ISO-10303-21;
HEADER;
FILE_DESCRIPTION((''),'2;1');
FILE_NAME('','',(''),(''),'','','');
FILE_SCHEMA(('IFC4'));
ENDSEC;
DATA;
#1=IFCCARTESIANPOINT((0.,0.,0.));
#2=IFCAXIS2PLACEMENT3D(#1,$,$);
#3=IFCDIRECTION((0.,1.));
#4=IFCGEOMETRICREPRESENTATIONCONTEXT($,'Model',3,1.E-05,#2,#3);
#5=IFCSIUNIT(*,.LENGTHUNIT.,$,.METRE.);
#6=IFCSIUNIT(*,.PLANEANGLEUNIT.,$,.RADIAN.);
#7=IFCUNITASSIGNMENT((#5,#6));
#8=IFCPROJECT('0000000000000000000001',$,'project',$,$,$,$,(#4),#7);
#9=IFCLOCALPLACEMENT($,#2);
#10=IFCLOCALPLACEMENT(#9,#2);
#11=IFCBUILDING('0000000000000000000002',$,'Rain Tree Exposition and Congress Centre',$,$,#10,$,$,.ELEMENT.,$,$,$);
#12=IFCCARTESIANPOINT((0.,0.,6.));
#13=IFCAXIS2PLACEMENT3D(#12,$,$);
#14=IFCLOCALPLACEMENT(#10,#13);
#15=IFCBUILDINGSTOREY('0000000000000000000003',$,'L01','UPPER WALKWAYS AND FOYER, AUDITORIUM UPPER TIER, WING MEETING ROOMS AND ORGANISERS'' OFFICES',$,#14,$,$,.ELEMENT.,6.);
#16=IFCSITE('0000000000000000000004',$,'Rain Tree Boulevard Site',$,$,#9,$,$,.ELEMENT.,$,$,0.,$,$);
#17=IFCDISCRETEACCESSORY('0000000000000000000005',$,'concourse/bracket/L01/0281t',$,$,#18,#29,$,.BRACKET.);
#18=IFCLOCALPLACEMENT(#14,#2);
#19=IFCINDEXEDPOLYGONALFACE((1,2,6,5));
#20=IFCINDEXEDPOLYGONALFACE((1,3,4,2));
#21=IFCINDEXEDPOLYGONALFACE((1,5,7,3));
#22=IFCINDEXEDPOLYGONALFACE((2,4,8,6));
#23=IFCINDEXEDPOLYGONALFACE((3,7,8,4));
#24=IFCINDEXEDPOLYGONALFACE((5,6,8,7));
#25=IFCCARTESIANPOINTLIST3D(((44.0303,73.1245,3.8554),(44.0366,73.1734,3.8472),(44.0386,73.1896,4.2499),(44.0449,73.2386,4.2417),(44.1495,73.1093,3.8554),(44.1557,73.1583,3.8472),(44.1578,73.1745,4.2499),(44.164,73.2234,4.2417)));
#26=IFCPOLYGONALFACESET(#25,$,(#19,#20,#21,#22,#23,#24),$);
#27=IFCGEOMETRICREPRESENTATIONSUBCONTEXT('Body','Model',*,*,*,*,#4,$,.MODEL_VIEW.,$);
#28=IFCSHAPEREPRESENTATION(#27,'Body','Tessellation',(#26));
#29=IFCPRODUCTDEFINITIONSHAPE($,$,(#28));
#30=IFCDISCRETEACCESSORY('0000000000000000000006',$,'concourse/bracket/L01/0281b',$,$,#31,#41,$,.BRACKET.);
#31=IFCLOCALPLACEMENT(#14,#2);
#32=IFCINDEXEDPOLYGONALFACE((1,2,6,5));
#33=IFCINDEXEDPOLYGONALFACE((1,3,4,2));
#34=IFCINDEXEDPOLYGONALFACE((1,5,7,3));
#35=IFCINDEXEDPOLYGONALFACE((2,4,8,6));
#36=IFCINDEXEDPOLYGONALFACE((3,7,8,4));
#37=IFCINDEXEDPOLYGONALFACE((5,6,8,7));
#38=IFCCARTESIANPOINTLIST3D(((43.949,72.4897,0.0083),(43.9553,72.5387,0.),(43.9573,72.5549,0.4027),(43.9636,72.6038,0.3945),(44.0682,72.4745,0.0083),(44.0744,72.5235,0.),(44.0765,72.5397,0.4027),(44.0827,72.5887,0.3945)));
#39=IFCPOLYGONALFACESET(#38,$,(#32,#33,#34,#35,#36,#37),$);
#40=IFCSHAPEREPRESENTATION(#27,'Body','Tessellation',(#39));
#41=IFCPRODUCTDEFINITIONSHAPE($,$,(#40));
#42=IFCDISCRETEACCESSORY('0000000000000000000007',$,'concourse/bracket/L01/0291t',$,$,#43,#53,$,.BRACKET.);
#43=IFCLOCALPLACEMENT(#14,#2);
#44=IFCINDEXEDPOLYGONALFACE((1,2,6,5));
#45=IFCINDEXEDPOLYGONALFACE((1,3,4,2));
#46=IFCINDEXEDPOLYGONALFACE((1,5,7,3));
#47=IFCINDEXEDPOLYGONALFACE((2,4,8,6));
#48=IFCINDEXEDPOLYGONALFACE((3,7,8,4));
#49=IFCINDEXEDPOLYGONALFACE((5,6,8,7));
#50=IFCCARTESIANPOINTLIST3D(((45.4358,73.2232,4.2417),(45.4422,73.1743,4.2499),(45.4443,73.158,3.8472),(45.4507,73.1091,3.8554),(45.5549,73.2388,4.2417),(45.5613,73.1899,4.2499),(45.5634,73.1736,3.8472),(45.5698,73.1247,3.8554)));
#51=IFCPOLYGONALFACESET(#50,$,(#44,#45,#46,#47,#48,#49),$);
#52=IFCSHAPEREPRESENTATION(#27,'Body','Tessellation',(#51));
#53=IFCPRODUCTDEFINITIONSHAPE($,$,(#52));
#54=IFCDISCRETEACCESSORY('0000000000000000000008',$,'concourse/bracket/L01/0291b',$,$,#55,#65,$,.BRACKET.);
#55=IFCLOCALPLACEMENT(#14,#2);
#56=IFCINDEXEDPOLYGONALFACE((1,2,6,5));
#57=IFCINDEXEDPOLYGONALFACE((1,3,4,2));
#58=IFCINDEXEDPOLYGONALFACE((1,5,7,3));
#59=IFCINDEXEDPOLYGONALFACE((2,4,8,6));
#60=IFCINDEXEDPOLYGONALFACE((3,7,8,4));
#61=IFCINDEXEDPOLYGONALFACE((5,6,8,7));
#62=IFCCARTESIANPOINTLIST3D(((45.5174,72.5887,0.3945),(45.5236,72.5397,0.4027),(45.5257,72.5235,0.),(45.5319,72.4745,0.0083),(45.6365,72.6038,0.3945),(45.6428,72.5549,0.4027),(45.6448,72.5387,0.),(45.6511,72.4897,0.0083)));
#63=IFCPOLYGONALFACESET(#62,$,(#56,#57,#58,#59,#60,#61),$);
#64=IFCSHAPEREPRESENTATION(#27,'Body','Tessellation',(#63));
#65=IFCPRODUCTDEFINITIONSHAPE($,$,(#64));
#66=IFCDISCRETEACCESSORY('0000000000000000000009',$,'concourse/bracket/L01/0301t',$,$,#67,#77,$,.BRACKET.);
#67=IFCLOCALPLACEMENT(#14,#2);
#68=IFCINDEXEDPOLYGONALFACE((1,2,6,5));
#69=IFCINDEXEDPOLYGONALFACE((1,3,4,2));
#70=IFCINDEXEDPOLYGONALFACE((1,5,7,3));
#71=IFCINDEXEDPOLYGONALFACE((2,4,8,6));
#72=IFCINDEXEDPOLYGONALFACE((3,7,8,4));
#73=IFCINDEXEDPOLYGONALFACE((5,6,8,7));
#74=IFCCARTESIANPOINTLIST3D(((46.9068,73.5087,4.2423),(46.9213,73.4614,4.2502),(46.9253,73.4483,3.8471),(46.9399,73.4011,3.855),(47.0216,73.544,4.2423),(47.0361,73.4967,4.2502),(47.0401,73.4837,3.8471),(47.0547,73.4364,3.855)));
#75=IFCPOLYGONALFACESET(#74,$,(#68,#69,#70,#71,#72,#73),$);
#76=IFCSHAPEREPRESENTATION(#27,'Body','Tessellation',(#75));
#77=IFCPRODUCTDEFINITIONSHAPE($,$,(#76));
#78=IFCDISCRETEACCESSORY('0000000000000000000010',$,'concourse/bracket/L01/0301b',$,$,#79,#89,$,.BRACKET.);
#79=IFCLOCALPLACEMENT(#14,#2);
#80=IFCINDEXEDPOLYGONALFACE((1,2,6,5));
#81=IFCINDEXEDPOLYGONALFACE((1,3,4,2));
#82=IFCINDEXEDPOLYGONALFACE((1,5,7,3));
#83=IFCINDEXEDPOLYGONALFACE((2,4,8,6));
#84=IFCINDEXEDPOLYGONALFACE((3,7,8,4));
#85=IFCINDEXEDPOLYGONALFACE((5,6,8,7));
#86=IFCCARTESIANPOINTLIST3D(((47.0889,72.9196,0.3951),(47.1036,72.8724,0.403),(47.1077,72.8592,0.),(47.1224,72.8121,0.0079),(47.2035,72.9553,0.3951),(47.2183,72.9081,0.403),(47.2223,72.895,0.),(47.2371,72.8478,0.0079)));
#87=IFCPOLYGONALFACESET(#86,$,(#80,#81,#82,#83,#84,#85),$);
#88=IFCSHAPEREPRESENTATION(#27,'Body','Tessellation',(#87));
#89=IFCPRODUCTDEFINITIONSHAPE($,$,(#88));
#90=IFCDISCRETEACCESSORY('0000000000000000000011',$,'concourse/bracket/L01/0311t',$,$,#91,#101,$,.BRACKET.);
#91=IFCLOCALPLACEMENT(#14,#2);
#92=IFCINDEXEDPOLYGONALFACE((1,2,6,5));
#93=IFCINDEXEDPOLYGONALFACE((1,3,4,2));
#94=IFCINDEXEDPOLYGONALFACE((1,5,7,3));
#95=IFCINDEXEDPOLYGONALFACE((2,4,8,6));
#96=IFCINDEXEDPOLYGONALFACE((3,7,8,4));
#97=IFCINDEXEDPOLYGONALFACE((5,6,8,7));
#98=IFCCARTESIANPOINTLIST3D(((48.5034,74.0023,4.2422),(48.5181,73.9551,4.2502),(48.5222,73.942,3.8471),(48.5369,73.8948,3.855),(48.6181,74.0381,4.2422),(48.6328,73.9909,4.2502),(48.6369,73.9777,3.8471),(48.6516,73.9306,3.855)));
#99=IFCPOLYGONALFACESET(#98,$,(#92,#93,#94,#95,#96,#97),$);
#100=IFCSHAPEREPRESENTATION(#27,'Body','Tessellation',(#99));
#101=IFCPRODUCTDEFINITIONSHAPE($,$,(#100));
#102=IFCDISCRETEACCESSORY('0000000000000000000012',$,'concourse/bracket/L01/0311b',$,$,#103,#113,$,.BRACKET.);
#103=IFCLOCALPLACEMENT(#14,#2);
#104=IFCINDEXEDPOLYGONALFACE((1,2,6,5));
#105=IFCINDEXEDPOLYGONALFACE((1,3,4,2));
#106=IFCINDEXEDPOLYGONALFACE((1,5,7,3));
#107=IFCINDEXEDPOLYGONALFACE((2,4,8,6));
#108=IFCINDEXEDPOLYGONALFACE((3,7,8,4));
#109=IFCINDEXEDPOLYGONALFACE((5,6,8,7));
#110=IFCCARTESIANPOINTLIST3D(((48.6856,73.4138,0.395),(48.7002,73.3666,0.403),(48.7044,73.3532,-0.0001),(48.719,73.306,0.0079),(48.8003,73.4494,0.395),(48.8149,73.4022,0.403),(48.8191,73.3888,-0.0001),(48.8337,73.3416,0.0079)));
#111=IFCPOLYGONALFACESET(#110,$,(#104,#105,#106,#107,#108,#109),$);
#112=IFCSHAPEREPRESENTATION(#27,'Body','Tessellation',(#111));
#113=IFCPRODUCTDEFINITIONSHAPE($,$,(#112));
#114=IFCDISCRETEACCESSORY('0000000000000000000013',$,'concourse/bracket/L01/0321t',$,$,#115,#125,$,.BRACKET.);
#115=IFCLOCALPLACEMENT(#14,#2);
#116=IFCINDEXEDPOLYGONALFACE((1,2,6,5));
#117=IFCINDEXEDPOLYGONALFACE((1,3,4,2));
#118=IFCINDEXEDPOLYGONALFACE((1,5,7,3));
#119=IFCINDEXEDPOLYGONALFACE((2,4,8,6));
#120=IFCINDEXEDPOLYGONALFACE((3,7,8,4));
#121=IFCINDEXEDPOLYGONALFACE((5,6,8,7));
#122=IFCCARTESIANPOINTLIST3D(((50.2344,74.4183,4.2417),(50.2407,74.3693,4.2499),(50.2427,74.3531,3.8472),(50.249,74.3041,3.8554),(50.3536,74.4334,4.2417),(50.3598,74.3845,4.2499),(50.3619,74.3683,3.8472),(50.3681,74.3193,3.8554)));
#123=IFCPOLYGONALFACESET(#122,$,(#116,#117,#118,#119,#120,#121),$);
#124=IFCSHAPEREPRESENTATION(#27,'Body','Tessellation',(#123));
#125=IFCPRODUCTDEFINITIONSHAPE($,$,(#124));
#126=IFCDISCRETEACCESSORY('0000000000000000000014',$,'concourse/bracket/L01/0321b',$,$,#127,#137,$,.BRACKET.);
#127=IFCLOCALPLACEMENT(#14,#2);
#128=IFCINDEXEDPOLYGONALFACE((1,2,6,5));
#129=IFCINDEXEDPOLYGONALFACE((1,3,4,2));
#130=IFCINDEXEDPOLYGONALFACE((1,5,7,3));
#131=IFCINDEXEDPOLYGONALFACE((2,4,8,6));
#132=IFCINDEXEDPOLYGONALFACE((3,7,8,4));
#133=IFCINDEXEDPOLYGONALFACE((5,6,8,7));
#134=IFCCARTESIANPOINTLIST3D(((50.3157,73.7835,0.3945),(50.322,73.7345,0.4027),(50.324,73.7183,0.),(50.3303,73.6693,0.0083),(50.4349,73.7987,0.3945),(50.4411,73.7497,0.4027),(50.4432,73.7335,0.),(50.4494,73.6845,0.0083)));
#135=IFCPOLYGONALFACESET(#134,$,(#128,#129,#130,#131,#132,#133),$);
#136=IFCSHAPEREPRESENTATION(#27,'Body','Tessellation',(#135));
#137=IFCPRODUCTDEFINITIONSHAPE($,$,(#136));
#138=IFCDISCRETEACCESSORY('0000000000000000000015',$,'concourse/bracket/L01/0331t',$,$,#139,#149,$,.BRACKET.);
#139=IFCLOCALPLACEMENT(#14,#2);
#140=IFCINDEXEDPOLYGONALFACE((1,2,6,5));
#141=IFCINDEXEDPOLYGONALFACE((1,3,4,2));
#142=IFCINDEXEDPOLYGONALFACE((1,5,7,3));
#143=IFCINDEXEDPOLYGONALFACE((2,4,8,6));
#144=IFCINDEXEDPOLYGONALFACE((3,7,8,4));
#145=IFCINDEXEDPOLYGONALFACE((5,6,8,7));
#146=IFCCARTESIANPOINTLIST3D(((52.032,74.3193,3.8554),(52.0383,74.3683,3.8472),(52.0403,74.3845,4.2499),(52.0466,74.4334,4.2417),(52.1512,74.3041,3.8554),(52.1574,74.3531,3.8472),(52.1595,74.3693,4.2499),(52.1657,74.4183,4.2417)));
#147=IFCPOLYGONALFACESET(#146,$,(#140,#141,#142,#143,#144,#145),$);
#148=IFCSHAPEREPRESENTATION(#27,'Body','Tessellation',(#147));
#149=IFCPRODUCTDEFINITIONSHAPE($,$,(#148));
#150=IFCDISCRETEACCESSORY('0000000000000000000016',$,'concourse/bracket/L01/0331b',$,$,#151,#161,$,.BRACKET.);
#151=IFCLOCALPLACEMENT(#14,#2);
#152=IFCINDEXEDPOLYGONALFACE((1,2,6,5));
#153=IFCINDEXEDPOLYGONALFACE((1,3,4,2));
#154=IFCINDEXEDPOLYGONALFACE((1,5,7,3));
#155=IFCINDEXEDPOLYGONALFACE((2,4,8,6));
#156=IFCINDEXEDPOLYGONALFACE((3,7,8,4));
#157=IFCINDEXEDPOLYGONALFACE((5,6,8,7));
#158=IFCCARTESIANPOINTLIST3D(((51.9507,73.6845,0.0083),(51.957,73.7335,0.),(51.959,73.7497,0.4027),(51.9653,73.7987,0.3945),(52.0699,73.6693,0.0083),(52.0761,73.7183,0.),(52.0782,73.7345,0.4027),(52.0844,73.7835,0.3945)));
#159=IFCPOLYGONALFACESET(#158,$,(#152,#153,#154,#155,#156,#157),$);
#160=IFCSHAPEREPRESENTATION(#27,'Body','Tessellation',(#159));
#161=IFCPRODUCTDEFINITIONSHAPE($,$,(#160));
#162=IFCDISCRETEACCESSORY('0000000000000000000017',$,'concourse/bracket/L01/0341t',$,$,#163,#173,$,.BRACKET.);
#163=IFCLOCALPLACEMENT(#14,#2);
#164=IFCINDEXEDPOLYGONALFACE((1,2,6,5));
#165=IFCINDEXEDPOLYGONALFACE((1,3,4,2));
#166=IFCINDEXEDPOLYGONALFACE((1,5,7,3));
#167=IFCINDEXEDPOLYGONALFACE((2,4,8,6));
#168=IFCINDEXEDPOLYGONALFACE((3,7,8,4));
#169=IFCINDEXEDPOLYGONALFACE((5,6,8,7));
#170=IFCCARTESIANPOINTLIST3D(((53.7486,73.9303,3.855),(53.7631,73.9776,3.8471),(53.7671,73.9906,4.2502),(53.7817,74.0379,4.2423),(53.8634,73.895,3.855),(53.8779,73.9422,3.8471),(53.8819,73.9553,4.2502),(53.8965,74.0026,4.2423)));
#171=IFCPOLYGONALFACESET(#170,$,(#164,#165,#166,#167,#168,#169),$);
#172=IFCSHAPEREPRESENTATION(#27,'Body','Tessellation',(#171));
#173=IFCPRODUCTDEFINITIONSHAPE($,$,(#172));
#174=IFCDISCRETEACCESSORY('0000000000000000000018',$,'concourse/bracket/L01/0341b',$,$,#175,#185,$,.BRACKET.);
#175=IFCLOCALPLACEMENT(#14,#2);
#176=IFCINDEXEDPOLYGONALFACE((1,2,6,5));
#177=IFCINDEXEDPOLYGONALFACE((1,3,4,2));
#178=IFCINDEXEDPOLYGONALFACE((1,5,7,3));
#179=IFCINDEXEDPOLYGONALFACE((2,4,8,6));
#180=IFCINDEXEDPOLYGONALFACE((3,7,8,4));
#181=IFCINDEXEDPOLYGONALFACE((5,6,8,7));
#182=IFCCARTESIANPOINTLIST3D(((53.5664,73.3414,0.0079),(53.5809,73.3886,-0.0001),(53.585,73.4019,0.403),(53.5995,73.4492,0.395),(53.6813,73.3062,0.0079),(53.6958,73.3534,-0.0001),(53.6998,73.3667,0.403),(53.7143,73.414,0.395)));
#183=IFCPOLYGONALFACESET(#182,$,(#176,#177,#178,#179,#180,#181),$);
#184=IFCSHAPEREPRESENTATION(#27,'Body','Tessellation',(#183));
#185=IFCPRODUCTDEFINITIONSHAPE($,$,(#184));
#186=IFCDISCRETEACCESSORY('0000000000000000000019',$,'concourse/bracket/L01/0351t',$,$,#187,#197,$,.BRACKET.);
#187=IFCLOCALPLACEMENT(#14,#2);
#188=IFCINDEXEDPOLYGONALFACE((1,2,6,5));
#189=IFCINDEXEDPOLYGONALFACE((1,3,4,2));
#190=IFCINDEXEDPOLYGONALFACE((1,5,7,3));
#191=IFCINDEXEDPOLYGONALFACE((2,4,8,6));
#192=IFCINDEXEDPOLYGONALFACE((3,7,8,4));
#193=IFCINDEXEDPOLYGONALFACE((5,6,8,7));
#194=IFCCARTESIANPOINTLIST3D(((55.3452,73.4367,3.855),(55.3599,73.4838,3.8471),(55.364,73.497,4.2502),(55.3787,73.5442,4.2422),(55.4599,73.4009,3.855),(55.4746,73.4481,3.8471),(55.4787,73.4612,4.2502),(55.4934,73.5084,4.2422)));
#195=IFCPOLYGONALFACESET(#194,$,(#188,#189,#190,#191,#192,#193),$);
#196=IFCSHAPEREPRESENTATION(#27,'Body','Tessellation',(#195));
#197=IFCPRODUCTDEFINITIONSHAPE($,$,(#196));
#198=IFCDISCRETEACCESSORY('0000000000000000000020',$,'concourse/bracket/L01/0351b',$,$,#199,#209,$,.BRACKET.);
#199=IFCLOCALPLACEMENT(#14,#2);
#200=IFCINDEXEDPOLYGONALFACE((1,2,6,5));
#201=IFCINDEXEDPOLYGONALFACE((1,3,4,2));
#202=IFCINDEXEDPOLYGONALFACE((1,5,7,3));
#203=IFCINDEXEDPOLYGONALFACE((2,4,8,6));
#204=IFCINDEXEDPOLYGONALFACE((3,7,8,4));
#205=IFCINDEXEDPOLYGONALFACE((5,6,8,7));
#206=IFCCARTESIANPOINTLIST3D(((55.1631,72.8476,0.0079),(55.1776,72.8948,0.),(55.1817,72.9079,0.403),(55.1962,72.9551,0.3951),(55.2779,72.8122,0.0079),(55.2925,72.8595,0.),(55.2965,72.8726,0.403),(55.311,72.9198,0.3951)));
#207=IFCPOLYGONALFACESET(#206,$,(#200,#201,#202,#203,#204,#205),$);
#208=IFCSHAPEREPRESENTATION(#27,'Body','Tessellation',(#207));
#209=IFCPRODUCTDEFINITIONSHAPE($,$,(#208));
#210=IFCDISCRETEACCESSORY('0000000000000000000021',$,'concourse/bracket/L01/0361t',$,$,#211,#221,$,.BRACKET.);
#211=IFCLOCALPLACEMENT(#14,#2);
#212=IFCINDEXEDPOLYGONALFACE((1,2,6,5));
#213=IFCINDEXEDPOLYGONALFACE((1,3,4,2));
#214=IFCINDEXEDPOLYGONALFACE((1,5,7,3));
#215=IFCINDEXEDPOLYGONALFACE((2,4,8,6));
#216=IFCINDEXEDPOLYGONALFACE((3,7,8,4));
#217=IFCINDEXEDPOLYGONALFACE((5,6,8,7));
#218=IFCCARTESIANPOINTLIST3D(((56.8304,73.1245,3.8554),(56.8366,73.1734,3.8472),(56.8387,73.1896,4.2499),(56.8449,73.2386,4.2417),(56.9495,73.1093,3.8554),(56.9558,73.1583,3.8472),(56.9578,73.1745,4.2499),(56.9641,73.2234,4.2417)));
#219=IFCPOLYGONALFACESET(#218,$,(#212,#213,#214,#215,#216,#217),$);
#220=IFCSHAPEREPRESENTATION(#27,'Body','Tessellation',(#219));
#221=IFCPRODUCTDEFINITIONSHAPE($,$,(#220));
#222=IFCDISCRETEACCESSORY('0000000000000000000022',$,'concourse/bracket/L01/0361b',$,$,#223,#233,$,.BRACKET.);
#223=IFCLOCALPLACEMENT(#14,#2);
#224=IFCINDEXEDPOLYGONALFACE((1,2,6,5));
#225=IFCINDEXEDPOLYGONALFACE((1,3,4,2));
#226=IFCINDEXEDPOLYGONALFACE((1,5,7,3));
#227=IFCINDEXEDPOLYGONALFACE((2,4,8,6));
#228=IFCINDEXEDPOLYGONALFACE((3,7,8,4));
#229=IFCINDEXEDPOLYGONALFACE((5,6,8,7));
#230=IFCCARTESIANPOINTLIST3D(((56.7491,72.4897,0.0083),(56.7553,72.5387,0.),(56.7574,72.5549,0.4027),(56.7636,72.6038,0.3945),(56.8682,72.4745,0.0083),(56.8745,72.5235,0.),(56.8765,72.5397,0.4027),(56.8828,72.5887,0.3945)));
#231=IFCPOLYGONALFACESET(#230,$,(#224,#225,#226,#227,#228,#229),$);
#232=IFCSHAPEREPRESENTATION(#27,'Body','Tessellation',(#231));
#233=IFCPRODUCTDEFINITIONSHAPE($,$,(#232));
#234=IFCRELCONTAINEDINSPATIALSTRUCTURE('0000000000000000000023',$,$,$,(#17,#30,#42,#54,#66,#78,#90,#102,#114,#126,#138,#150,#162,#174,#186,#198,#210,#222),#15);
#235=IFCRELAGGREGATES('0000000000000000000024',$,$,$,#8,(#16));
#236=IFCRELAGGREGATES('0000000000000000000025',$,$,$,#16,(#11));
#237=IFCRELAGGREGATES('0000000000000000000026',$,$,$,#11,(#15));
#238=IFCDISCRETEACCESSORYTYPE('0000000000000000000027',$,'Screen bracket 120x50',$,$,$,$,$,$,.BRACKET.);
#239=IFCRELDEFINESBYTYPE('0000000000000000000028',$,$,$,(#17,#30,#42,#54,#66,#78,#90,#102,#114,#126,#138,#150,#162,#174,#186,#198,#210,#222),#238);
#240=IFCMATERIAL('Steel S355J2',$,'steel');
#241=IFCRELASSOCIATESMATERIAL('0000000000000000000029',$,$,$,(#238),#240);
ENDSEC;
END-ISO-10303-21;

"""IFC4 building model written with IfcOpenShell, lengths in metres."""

from ifc_helpers import new_model, si_unit, direction, frame, origin, origin_2d, place, context, subcontext, project, spatial, rectangle, extrude, material, material_profile, profile_set, type_object, element, save


model = new_model("IFC4")

# Units and contexts
model_context = context("Model", 3, precision=1e-05, world=origin(), true_north=direction((0.0, 1.0)))
body_context = subcontext(model_context, "Body", "Model", "MODEL_VIEW")
ifc_project = project(units=[si_unit("LENGTHUNIT", "METRE"), si_unit("PLANEANGLEUNIT", "RADIAN")], contexts=[model_context])

# Site, building, storey
site_placement = place(None, origin())
site = spatial("IfcSite", under=ifc_project, at=site_placement, Name="Rain Tree Boulevard Site", CompositionType="ELEMENT", RefElevation=0.0)
building_placement = place(site_placement, origin())
building = spatial("IfcBuilding", under=site, at=building_placement, Name="Rain Tree Exposition and Congress Centre", CompositionType="ELEMENT")
storey_placement = place(building_placement, frame((0.0, 0.0, 6.0)))
storey = spatial("IfcBuildingStorey", under=building, at=storey_placement, Name="L01", Description="UPPER WALKWAYS AND FOYER, AUDITORIUM UPPER TIER, WING MEETING ROOMS AND ORGANISERS' OFFICES", CompositionType="ELEMENT", Elevation=6.0)

# Discrete accessories
ifc_material_1 = material(Name="Steel S355J2", Category="steel")
ifc_material_profile = material_profile(ifc_material_1, rectangle(XDim=0.1201, YDim=0.05, at=origin_2d()), Name="Flat bar 120x50")
ifc_profile_set = profile_set([ifc_material_profile], Name="Steel S355J2")
discrete_accessory_type = type_object("IfcDiscreteAccessoryType", Name="Screen bracket 120x50", PredefinedType="BRACKET", material=ifc_profile_set)
for number, where, z_axis, x_axis, name in (
    (1, (44.093, 73.1414, 3.8513), (0.020754, 0.162978, 0.986411), (-0.991989, 0.126321, 0.0), "concourse/bracket/L01/0281t"),
    (2, (44.0117, 72.5066, 0.0042), (0.020754, 0.162978, 0.986411), (-0.991989, 0.126321, 0.0), "concourse/bracket/L01/0281b"),
    (3, (45.5071, 73.1414, 3.8513), (-0.021364, 0.162976, 0.986399), (-0.991517, -0.129974, 0.0), "concourse/bracket/L01/0291t"),
    (4, (45.5884, 72.5066, 0.0042), (-0.020754, 0.162978, 0.986411), (-0.991989, -0.126321, 0.0), "concourse/bracket/L01/0291b"),
):
    element("IfcDiscreteAccessory", number, at=place(storey_placement, frame(where, z_axis=z_axis, x_axis=x_axis)), inside=storey, type_object=discrete_accessory_type, Name=name, PredefinedType="BRACKET", context=body_context, shape_type="SweptSolid", body=[
        extrude(rectangle(XDim=0.1201, YDim=0.05, at=origin_2d()), origin(), (0.0, 0.0, 1.0), 0.3999),
    ])
for number, where, z_axis, x_axis, name in (
    (5, (46.99, 73.4424, 3.8511), (-0.046384, 0.150747, 0.987484), (-0.955779, -0.294086, 0.0), "concourse/bracket/L01/0301t"),
    (6, (47.1724, 72.8535, 0.0039), (-0.046993, 0.150743, 0.987456), (-0.954686, -0.297615, 0.0), "concourse/bracket/L01/0301b"),
    (7, (48.5869, 73.9363, 3.8511), (-0.046993, 0.150743, 0.987456), (-0.954686, -0.297615, 0.0), "concourse/bracket/L01/0311t"),
    (8, (48.769, 73.3474, 0.0039), (-0.046988, 0.151339, 0.987364), (-0.955027, -0.29652, 0.0), "concourse/bracket/L01/0311b"),
):
    element("IfcDiscreteAccessory", number, at=place(storey_placement, frame(where, z_axis=z_axis, x_axis=x_axis)), inside=storey, type_object=discrete_accessory_type, Name=name, PredefinedType="BRACKET", context=body_context, shape_type="SweptSolid", body=[
        extrude(rectangle(XDim=0.1201, YDim=0.05, at=origin_2d()), origin(), (0.0, 0.0, 1.0), 0.4001),
    ])
for number, where, z_axis, x_axis, name in (
    (9, (50.3054, 74.3362, 3.8513), (-0.020754, 0.162978, 0.986411), (-0.991989, -0.126321, 0.0), "concourse/bracket/L01/0321t"),
    (10, (50.3867, 73.7014, 0.0042), (-0.020754, 0.162978, 0.986411), (-0.991989, -0.126321, 0.0), "concourse/bracket/L01/0321b"),
    (11, (52.0947, 74.3362, 3.8513), (0.020754, 0.162978, 0.986411), (-0.991989, 0.126321, 0.0), "concourse/bracket/L01/0331t"),
    (12, (52.0134, 73.7014, 0.0042), (0.020754, 0.162978, 0.986411), (-0.991989, 0.126321, 0.0), "concourse/bracket/L01/0331b"),
):
    element("IfcDiscreteAccessory", number, at=place(storey_placement, frame(where, z_axis=z_axis, x_axis=x_axis)), inside=storey, type_object=discrete_accessory_type, Name=name, PredefinedType="BRACKET", context=body_context, shape_type="SweptSolid", body=[
        extrude(rectangle(XDim=0.1201, YDim=0.05, at=origin_2d()), origin(), (0.0, 0.0, 1.0), 0.3999),
    ])
for number, where, z_axis, x_axis, name in (
    (13, (53.8132, 73.9363, 3.8511), (0.046384, 0.150747, 0.987484), (-0.955779, 0.294086, 0.0), "concourse/bracket/L01/0341t"),
    (14, (53.6311, 73.3474, 0.0039), (0.046379, 0.151343, 0.987393), (-0.956112, 0.293002, 0.0), "concourse/bracket/L01/0341b"),
    (15, (55.4099, 73.4424, 3.8511), (0.046993, 0.150743, 0.987456), (-0.954686, 0.297615, 0.0), "concourse/bracket/L01/0351t"),
    (16, (55.2278, 72.8535, 0.0039), (0.046384, 0.150747, 0.987484), (-0.955779, 0.294086, 0.0), "concourse/bracket/L01/0351b"),
):
    element("IfcDiscreteAccessory", number, at=place(storey_placement, frame(where, z_axis=z_axis, x_axis=x_axis)), inside=storey, type_object=discrete_accessory_type, Name=name, PredefinedType="BRACKET", context=body_context, shape_type="SweptSolid", body=[
        extrude(rectangle(XDim=0.1201, YDim=0.05, at=origin_2d()), origin(), (0.0, 0.0, 1.0), 0.4001),
    ])
for number, where, z_axis, x_axis, name in (
    (17, (56.8931, 73.1414, 3.8513), (0.020754, 0.162978, 0.986411), (-0.991989, 0.126321, 0.0), "concourse/bracket/L01/0361t"),
    (18, (56.8118, 72.5066, 0.0042), (0.020754, 0.162978, 0.986411), (-0.991989, 0.126321, 0.0), "concourse/bracket/L01/0361b"),
):
    element("IfcDiscreteAccessory", number, at=place(storey_placement, frame(where, z_axis=z_axis, x_axis=x_axis)), inside=storey, type_object=discrete_accessory_type, Name=name, PredefinedType="BRACKET", context=body_context, shape_type="SweptSolid", body=[
        extrude(rectangle(XDim=0.1201, YDim=0.05, at=origin_2d()), origin(), (0.0, 0.0, 1.0), 0.3999),
    ])

save(model, "model.ifc")
